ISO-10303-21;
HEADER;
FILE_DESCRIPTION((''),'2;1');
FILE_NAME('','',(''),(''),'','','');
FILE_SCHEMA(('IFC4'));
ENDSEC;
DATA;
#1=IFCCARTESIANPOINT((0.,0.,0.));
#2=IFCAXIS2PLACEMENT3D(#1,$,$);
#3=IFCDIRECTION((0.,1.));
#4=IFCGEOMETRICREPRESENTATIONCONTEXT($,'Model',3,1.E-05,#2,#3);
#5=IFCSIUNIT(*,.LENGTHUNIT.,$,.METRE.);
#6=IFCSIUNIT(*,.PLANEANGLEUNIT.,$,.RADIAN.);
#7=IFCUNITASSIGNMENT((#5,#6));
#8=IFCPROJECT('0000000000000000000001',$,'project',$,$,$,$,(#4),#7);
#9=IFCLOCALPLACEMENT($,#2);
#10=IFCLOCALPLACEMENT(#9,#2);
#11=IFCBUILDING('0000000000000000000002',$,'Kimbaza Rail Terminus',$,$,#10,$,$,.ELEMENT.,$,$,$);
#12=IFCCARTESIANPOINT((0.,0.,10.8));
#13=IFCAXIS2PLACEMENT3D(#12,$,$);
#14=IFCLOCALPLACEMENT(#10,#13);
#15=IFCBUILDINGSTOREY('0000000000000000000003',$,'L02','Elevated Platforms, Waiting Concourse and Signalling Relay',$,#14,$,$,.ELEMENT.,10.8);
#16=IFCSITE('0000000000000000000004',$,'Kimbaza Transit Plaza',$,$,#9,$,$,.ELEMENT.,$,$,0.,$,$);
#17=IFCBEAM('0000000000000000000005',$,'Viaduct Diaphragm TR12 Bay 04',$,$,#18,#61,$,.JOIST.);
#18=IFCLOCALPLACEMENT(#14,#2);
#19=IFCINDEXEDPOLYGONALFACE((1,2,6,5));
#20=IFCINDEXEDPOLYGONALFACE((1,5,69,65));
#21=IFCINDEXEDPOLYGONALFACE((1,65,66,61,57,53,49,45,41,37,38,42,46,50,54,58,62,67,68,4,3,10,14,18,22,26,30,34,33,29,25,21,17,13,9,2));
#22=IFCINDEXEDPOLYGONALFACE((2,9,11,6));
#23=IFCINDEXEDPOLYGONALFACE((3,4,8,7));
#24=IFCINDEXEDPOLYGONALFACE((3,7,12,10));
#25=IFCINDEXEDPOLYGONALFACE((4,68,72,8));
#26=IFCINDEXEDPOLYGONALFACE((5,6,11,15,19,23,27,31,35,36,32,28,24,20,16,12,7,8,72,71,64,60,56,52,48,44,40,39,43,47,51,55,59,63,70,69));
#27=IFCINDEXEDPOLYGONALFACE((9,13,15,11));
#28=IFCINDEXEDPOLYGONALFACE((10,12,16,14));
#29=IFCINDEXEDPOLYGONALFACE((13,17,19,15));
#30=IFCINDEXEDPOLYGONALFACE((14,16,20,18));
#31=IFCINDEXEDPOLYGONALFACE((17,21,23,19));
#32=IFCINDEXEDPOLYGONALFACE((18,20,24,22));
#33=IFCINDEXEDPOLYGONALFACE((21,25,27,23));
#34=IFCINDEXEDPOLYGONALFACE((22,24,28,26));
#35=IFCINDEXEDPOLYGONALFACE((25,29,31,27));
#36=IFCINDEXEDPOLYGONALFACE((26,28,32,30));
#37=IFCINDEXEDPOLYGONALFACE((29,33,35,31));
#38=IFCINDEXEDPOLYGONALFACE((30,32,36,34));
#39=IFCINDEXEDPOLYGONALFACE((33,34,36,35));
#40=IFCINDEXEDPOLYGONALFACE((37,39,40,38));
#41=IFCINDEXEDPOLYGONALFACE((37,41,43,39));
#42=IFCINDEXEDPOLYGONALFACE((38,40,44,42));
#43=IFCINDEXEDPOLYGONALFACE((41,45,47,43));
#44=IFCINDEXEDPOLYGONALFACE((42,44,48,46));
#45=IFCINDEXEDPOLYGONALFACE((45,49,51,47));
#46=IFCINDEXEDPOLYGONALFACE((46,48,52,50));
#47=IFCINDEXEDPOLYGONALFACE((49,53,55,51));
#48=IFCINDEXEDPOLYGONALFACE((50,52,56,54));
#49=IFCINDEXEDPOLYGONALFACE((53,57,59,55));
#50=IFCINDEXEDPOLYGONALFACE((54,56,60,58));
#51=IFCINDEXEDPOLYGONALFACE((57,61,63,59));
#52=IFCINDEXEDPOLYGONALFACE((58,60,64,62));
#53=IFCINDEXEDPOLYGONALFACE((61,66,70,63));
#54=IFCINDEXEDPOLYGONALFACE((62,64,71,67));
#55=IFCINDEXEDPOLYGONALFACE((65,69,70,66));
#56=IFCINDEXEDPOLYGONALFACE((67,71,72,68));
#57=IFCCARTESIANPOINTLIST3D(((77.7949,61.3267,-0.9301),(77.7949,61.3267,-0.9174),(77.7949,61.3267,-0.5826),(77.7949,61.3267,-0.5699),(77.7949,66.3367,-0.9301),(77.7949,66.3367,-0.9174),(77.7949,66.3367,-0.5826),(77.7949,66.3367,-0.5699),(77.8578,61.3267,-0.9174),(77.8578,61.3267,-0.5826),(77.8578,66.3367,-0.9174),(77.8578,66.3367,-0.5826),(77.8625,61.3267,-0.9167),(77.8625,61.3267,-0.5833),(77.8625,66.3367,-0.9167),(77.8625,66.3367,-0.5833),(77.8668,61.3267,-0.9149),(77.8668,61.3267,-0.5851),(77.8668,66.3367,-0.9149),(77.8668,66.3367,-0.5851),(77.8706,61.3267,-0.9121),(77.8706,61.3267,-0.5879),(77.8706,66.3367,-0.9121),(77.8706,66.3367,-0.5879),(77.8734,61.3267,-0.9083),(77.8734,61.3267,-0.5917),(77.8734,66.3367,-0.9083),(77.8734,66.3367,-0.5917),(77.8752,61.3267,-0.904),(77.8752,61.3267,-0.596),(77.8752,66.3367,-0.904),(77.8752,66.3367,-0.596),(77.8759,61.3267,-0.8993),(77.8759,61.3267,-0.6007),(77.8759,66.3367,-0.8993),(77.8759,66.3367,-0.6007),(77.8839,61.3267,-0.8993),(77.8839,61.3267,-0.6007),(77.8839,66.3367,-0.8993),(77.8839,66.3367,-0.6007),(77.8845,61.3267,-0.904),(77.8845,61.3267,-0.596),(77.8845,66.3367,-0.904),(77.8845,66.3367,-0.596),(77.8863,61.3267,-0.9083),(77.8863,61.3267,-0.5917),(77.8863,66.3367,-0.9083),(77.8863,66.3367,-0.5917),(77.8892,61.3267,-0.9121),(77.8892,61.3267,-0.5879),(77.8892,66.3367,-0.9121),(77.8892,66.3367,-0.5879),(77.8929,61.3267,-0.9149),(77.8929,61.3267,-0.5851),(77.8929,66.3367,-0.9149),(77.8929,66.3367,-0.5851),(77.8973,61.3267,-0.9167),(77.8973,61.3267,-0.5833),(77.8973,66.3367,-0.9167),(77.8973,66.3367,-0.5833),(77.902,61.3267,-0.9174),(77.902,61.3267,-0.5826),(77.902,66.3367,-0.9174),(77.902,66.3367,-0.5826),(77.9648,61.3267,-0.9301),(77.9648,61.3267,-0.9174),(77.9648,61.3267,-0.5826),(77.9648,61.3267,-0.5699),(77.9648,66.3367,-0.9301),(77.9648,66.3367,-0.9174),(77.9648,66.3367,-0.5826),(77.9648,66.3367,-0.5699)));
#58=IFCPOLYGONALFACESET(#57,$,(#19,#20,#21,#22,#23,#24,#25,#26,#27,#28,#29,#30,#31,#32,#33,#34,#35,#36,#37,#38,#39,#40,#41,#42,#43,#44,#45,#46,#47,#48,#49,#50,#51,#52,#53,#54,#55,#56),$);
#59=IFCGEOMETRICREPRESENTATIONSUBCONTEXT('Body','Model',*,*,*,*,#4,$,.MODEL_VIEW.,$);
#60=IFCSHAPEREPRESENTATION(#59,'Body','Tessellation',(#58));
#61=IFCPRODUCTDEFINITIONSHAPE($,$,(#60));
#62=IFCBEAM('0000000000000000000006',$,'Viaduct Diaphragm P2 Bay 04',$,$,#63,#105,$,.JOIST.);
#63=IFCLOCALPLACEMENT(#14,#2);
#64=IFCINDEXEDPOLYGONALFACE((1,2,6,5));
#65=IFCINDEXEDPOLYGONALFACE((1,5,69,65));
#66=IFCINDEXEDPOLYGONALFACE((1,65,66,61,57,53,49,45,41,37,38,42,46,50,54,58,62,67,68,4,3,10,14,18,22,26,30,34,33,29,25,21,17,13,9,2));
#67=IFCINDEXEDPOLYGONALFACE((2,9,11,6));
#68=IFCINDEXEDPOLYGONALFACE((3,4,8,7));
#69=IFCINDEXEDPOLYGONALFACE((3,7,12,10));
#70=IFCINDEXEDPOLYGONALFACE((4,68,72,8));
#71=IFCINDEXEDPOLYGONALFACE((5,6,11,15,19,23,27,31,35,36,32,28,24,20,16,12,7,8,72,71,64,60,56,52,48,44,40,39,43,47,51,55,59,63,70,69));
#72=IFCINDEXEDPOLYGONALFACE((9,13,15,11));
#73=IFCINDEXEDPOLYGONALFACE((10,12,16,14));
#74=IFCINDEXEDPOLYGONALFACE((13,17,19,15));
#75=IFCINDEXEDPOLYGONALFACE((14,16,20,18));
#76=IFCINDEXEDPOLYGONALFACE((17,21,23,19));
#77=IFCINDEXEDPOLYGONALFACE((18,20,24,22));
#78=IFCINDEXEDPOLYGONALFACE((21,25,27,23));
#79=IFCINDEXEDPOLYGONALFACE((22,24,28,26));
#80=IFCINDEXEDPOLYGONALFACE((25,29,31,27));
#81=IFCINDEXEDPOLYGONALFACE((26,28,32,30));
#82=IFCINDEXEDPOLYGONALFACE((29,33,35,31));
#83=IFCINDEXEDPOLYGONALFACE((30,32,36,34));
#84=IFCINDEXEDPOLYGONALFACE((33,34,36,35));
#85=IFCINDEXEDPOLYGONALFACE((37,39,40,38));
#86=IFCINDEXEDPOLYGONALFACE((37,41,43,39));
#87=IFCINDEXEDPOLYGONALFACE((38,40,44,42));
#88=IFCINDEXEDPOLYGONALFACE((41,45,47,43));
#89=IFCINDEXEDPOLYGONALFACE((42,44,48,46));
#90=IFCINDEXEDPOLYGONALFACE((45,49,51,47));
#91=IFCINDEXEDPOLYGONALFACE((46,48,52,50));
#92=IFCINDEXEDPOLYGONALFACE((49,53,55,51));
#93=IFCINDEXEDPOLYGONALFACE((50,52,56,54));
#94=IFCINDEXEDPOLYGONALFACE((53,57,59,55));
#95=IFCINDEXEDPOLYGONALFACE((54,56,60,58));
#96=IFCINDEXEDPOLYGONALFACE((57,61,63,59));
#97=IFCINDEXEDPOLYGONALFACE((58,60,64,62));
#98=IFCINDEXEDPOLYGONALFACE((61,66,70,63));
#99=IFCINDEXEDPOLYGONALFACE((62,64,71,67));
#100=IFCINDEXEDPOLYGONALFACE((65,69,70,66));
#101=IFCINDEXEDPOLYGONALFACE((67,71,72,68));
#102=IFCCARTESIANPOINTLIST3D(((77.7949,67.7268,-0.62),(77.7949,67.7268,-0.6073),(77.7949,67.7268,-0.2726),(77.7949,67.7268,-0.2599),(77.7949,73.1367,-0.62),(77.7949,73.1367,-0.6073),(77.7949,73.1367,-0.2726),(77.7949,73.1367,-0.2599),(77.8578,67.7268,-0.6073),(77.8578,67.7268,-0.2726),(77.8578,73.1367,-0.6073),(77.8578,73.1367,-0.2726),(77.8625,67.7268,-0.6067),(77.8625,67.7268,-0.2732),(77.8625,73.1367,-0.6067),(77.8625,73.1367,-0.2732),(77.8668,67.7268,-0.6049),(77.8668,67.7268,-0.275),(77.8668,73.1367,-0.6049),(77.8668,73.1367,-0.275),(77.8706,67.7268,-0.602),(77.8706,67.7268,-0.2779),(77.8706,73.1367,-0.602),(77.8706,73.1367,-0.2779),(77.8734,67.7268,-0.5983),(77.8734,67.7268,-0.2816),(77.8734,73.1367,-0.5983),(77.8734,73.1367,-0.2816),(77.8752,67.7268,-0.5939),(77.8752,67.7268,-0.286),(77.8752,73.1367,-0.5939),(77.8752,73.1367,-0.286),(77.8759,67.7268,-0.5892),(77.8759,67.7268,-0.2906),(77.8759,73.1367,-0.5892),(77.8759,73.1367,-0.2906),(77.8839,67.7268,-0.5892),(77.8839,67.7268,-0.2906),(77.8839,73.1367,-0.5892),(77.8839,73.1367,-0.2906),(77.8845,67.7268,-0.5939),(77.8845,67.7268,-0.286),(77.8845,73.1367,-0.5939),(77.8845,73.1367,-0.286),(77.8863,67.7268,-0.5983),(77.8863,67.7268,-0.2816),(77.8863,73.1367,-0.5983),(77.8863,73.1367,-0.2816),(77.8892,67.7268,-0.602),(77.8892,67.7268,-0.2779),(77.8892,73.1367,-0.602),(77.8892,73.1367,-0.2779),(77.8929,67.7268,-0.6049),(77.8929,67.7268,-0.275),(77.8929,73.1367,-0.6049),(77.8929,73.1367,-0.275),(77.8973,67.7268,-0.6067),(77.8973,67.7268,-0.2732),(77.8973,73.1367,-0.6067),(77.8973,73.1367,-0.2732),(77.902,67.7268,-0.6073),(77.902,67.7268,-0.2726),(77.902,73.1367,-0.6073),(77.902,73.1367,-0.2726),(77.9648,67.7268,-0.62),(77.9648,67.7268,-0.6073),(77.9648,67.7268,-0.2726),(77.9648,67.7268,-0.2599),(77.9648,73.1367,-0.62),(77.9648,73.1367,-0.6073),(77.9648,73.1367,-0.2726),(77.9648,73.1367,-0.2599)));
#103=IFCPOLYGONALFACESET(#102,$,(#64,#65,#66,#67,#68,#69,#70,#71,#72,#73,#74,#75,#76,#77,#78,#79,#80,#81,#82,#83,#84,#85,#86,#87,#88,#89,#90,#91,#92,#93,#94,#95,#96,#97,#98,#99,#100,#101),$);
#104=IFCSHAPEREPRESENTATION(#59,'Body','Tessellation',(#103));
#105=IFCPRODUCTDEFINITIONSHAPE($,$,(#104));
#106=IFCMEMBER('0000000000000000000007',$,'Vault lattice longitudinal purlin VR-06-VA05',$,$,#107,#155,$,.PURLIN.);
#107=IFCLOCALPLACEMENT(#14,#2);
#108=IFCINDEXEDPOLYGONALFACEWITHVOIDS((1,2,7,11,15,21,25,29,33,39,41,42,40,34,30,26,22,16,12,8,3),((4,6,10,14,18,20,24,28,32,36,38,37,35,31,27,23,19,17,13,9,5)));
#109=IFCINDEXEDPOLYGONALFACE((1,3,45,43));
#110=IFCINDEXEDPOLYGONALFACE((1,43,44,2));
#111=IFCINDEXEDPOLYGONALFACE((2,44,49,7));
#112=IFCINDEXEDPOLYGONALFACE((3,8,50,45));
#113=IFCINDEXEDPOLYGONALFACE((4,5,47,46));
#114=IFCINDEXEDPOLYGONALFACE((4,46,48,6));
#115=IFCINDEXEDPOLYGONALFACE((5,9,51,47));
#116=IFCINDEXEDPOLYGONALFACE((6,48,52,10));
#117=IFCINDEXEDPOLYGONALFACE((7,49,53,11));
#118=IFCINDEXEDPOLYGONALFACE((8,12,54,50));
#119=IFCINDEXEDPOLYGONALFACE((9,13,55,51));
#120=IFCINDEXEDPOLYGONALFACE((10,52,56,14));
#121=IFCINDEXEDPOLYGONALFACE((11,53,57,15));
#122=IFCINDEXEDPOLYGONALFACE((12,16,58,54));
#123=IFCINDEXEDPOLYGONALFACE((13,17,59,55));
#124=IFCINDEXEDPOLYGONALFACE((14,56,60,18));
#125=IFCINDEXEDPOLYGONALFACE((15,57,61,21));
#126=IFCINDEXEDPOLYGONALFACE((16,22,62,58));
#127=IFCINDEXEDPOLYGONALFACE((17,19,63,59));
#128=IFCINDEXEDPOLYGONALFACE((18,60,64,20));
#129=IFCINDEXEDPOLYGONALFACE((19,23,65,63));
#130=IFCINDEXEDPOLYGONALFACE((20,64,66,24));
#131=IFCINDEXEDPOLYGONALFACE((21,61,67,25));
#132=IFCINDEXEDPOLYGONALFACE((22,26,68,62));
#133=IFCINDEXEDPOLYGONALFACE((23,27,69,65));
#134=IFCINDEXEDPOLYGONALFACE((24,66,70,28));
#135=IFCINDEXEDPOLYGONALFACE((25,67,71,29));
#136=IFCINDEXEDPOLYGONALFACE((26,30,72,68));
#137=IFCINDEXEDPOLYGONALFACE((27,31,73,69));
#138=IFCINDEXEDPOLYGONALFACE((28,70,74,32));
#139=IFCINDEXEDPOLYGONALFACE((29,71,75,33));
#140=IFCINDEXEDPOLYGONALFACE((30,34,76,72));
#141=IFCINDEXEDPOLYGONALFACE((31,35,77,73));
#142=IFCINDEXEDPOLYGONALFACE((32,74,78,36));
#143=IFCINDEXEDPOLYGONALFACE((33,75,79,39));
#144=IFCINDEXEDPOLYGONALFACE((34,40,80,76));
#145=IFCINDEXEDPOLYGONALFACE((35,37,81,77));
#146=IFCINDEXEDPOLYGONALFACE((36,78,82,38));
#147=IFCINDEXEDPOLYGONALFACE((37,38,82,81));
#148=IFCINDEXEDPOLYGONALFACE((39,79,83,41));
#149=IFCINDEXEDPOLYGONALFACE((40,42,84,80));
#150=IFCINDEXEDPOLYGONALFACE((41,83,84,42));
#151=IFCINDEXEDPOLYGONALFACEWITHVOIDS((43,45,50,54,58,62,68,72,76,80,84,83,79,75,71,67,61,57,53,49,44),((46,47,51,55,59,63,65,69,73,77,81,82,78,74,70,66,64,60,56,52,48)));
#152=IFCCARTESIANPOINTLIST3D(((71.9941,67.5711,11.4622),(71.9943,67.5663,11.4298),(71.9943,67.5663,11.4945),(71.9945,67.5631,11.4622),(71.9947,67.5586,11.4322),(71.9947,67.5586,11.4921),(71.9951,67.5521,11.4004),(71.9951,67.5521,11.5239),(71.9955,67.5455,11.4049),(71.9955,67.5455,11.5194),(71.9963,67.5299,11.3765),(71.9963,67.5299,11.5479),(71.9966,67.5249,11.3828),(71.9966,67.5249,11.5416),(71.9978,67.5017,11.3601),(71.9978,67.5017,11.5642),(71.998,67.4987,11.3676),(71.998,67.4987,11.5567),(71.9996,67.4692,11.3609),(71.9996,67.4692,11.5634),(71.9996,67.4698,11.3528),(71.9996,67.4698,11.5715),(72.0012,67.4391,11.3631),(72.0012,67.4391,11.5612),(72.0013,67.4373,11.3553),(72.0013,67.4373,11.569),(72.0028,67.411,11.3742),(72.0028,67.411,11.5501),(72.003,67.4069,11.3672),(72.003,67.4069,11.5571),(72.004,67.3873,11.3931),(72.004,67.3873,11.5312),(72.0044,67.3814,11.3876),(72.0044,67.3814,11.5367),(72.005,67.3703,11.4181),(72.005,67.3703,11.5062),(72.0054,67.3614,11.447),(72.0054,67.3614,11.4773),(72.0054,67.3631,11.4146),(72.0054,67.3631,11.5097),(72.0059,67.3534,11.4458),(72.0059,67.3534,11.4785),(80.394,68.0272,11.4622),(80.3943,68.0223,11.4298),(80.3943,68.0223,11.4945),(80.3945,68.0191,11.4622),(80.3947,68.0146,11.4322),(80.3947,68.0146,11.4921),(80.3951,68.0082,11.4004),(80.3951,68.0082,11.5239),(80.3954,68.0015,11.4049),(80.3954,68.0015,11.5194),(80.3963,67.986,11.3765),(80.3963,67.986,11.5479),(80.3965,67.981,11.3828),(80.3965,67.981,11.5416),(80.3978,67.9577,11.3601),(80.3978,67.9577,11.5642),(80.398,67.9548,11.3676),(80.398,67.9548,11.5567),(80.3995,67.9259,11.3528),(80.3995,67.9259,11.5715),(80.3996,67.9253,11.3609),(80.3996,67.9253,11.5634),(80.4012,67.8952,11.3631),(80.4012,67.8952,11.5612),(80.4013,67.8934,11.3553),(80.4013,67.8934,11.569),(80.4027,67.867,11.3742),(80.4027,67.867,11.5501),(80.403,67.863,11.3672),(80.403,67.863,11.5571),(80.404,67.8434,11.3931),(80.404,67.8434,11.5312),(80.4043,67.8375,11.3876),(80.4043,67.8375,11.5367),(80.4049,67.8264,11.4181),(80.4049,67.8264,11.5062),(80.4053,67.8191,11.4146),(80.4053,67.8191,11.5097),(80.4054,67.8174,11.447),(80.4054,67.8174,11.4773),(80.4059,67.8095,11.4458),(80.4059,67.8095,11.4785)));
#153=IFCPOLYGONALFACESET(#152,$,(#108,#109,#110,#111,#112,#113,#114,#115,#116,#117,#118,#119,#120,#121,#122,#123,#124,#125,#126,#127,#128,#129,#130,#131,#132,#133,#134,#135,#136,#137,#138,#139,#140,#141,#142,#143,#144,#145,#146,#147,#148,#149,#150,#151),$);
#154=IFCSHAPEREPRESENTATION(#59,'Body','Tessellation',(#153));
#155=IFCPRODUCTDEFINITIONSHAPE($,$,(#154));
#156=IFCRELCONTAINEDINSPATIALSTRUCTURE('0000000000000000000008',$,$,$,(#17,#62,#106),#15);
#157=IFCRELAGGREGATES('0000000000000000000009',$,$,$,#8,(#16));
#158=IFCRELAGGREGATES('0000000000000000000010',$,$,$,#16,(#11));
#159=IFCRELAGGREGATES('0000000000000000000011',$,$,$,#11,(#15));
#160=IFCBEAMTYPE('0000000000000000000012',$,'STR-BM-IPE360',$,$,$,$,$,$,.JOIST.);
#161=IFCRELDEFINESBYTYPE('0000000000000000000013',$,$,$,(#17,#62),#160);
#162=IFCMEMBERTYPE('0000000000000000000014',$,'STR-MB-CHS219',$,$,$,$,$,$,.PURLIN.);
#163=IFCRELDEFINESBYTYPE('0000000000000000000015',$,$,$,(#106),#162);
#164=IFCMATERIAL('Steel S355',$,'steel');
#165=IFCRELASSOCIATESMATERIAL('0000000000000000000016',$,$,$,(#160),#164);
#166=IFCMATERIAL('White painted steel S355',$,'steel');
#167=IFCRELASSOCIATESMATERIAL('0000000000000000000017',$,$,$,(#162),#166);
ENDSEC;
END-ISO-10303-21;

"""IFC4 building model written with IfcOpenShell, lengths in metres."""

from ifc_helpers import new_model, si_unit, direction, frame, origin, origin_2d, place, context, subcontext, project, spatial, hollow_circle, i_section, extrude, material, material_profile, profile_set, type_object, element, save


model = new_model("IFC4")

# Units and contexts
model_context = context("Model", 3, precision=1e-05, world=origin(), true_north=direction((0.0, 1.0)))
body_context = subcontext(model_context, "Body", "Model", "MODEL_VIEW")
ifc_project = project(units=[si_unit("LENGTHUNIT", "METRE"), si_unit("PLANEANGLEUNIT", "RADIAN")], contexts=[model_context])

# Site, building, storey
site_placement = place(None, origin())
site = spatial("IfcSite", under=ifc_project, at=site_placement, Name="Kimbaza Transit Plaza", CompositionType="ELEMENT", RefElevation=0.0)
building_placement = place(site_placement, origin())
building = spatial("IfcBuilding", under=site, at=building_placement, Name="Kimbaza Rail Terminus", CompositionType="ELEMENT")
storey_placement = place(building_placement, frame((0.0, 0.0, 10.8)))
storey = spatial("IfcBuildingStorey", under=building, at=storey_placement, Name="L02", Description="Elevated Platforms, Waiting Concourse and Signalling Relay", CompositionType="ELEMENT", Elevation=10.8)

# Beams
ifc_material_1 = material(Name="Steel S355", Category="steel")
ifc_material_profile_1 = material_profile(ifc_material_1, i_section(OverallWidth=0.1699, OverallDepth=0.3601, WebThickness=0.0081, FlangeThickness=0.0127, FilletRadius=0.0181, at=origin_2d()), Name="IPE 360")
ifc_profile_set_1 = profile_set([ifc_material_profile_1], Name="Steel S355")
beam_type_1 = type_object("IfcBeamType", Name="STR-BM-IPE360", PredefinedType="JOIST", material=ifc_profile_set_1)
beam_1_placement = place(storey_placement, frame((77.8799, 61.3267, -0.75), z_axis=(0.0, 1.0, 0.0), x_axis=(-1.0, 0.0, 0.0)))
element("IfcBeam", 1, at=beam_1_placement, inside=storey, type_object=beam_type_1, Name="Viaduct Diaphragm TR12 Bay 04", PredefinedType="JOIST", context=body_context, shape_type="SweptSolid", body=[
    extrude(i_section(OverallWidth=0.1699, OverallDepth=0.3601, WebThickness=0.0081, FlangeThickness=0.0127, FilletRadius=0.0181, at=origin_2d()), origin(), (0.0, 0.0, 1.0), 5.01),
])
beam_2_placement = place(storey_placement, frame((77.8799, 67.7268, -0.4399), z_axis=(0.0, 1.0, 0.0), x_axis=(-1.0, 0.0, 0.0)))
element("IfcBeam", 2, at=beam_2_placement, inside=storey, type_object=beam_type_1, Name="Viaduct Diaphragm P2 Bay 04", PredefinedType="JOIST", context=body_context, shape_type="SweptSolid", body=[
    extrude(i_section(OverallWidth=0.1699, OverallDepth=0.3601, WebThickness=0.0081, FlangeThickness=0.0127, FilletRadius=0.0181, at=origin_2d()), origin(), (0.0, 0.0, 1.0), 5.4099),
])

# Member
ifc_material_2 = material(Name="White painted steel S355", Category="steel")
ifc_material_profile_2 = material_profile(ifc_material_2, hollow_circle(Radius=0.1096, WallThickness=0.0081, at=origin_2d()), Name="CHS 219.1x8")
ifc_profile_set_2 = profile_set([ifc_material_profile_2], Name="White painted steel S355")
member_type_1 = type_object("IfcMemberType", Name="STR-MB-CHS219", PredefinedType="PURLIN", material=ifc_profile_set_2)
for number, where, z_axis, x_axis, name in (
    (3, (72.0, 67.4617, 11.4622), (0.998529, 0.054213, 0.0), (-0.054213, 0.998529, 0.0), "Vault lattice longitudinal purlin VR-06-VA05"),
):
    element("IfcMember", number, at=place(storey_placement, frame(where, z_axis=z_axis, x_axis=x_axis)), inside=storey, type_object=member_type_1, Name=name, PredefinedType="PURLIN", context=body_context, shape_type="SweptSolid", body=[
        extrude(hollow_circle(Radius=0.1096, WallThickness=0.0081, at=origin_2d()), origin(), (0.0, 0.0, 1.0), 8.4124),
    ])

save(model, "model.ifc")
